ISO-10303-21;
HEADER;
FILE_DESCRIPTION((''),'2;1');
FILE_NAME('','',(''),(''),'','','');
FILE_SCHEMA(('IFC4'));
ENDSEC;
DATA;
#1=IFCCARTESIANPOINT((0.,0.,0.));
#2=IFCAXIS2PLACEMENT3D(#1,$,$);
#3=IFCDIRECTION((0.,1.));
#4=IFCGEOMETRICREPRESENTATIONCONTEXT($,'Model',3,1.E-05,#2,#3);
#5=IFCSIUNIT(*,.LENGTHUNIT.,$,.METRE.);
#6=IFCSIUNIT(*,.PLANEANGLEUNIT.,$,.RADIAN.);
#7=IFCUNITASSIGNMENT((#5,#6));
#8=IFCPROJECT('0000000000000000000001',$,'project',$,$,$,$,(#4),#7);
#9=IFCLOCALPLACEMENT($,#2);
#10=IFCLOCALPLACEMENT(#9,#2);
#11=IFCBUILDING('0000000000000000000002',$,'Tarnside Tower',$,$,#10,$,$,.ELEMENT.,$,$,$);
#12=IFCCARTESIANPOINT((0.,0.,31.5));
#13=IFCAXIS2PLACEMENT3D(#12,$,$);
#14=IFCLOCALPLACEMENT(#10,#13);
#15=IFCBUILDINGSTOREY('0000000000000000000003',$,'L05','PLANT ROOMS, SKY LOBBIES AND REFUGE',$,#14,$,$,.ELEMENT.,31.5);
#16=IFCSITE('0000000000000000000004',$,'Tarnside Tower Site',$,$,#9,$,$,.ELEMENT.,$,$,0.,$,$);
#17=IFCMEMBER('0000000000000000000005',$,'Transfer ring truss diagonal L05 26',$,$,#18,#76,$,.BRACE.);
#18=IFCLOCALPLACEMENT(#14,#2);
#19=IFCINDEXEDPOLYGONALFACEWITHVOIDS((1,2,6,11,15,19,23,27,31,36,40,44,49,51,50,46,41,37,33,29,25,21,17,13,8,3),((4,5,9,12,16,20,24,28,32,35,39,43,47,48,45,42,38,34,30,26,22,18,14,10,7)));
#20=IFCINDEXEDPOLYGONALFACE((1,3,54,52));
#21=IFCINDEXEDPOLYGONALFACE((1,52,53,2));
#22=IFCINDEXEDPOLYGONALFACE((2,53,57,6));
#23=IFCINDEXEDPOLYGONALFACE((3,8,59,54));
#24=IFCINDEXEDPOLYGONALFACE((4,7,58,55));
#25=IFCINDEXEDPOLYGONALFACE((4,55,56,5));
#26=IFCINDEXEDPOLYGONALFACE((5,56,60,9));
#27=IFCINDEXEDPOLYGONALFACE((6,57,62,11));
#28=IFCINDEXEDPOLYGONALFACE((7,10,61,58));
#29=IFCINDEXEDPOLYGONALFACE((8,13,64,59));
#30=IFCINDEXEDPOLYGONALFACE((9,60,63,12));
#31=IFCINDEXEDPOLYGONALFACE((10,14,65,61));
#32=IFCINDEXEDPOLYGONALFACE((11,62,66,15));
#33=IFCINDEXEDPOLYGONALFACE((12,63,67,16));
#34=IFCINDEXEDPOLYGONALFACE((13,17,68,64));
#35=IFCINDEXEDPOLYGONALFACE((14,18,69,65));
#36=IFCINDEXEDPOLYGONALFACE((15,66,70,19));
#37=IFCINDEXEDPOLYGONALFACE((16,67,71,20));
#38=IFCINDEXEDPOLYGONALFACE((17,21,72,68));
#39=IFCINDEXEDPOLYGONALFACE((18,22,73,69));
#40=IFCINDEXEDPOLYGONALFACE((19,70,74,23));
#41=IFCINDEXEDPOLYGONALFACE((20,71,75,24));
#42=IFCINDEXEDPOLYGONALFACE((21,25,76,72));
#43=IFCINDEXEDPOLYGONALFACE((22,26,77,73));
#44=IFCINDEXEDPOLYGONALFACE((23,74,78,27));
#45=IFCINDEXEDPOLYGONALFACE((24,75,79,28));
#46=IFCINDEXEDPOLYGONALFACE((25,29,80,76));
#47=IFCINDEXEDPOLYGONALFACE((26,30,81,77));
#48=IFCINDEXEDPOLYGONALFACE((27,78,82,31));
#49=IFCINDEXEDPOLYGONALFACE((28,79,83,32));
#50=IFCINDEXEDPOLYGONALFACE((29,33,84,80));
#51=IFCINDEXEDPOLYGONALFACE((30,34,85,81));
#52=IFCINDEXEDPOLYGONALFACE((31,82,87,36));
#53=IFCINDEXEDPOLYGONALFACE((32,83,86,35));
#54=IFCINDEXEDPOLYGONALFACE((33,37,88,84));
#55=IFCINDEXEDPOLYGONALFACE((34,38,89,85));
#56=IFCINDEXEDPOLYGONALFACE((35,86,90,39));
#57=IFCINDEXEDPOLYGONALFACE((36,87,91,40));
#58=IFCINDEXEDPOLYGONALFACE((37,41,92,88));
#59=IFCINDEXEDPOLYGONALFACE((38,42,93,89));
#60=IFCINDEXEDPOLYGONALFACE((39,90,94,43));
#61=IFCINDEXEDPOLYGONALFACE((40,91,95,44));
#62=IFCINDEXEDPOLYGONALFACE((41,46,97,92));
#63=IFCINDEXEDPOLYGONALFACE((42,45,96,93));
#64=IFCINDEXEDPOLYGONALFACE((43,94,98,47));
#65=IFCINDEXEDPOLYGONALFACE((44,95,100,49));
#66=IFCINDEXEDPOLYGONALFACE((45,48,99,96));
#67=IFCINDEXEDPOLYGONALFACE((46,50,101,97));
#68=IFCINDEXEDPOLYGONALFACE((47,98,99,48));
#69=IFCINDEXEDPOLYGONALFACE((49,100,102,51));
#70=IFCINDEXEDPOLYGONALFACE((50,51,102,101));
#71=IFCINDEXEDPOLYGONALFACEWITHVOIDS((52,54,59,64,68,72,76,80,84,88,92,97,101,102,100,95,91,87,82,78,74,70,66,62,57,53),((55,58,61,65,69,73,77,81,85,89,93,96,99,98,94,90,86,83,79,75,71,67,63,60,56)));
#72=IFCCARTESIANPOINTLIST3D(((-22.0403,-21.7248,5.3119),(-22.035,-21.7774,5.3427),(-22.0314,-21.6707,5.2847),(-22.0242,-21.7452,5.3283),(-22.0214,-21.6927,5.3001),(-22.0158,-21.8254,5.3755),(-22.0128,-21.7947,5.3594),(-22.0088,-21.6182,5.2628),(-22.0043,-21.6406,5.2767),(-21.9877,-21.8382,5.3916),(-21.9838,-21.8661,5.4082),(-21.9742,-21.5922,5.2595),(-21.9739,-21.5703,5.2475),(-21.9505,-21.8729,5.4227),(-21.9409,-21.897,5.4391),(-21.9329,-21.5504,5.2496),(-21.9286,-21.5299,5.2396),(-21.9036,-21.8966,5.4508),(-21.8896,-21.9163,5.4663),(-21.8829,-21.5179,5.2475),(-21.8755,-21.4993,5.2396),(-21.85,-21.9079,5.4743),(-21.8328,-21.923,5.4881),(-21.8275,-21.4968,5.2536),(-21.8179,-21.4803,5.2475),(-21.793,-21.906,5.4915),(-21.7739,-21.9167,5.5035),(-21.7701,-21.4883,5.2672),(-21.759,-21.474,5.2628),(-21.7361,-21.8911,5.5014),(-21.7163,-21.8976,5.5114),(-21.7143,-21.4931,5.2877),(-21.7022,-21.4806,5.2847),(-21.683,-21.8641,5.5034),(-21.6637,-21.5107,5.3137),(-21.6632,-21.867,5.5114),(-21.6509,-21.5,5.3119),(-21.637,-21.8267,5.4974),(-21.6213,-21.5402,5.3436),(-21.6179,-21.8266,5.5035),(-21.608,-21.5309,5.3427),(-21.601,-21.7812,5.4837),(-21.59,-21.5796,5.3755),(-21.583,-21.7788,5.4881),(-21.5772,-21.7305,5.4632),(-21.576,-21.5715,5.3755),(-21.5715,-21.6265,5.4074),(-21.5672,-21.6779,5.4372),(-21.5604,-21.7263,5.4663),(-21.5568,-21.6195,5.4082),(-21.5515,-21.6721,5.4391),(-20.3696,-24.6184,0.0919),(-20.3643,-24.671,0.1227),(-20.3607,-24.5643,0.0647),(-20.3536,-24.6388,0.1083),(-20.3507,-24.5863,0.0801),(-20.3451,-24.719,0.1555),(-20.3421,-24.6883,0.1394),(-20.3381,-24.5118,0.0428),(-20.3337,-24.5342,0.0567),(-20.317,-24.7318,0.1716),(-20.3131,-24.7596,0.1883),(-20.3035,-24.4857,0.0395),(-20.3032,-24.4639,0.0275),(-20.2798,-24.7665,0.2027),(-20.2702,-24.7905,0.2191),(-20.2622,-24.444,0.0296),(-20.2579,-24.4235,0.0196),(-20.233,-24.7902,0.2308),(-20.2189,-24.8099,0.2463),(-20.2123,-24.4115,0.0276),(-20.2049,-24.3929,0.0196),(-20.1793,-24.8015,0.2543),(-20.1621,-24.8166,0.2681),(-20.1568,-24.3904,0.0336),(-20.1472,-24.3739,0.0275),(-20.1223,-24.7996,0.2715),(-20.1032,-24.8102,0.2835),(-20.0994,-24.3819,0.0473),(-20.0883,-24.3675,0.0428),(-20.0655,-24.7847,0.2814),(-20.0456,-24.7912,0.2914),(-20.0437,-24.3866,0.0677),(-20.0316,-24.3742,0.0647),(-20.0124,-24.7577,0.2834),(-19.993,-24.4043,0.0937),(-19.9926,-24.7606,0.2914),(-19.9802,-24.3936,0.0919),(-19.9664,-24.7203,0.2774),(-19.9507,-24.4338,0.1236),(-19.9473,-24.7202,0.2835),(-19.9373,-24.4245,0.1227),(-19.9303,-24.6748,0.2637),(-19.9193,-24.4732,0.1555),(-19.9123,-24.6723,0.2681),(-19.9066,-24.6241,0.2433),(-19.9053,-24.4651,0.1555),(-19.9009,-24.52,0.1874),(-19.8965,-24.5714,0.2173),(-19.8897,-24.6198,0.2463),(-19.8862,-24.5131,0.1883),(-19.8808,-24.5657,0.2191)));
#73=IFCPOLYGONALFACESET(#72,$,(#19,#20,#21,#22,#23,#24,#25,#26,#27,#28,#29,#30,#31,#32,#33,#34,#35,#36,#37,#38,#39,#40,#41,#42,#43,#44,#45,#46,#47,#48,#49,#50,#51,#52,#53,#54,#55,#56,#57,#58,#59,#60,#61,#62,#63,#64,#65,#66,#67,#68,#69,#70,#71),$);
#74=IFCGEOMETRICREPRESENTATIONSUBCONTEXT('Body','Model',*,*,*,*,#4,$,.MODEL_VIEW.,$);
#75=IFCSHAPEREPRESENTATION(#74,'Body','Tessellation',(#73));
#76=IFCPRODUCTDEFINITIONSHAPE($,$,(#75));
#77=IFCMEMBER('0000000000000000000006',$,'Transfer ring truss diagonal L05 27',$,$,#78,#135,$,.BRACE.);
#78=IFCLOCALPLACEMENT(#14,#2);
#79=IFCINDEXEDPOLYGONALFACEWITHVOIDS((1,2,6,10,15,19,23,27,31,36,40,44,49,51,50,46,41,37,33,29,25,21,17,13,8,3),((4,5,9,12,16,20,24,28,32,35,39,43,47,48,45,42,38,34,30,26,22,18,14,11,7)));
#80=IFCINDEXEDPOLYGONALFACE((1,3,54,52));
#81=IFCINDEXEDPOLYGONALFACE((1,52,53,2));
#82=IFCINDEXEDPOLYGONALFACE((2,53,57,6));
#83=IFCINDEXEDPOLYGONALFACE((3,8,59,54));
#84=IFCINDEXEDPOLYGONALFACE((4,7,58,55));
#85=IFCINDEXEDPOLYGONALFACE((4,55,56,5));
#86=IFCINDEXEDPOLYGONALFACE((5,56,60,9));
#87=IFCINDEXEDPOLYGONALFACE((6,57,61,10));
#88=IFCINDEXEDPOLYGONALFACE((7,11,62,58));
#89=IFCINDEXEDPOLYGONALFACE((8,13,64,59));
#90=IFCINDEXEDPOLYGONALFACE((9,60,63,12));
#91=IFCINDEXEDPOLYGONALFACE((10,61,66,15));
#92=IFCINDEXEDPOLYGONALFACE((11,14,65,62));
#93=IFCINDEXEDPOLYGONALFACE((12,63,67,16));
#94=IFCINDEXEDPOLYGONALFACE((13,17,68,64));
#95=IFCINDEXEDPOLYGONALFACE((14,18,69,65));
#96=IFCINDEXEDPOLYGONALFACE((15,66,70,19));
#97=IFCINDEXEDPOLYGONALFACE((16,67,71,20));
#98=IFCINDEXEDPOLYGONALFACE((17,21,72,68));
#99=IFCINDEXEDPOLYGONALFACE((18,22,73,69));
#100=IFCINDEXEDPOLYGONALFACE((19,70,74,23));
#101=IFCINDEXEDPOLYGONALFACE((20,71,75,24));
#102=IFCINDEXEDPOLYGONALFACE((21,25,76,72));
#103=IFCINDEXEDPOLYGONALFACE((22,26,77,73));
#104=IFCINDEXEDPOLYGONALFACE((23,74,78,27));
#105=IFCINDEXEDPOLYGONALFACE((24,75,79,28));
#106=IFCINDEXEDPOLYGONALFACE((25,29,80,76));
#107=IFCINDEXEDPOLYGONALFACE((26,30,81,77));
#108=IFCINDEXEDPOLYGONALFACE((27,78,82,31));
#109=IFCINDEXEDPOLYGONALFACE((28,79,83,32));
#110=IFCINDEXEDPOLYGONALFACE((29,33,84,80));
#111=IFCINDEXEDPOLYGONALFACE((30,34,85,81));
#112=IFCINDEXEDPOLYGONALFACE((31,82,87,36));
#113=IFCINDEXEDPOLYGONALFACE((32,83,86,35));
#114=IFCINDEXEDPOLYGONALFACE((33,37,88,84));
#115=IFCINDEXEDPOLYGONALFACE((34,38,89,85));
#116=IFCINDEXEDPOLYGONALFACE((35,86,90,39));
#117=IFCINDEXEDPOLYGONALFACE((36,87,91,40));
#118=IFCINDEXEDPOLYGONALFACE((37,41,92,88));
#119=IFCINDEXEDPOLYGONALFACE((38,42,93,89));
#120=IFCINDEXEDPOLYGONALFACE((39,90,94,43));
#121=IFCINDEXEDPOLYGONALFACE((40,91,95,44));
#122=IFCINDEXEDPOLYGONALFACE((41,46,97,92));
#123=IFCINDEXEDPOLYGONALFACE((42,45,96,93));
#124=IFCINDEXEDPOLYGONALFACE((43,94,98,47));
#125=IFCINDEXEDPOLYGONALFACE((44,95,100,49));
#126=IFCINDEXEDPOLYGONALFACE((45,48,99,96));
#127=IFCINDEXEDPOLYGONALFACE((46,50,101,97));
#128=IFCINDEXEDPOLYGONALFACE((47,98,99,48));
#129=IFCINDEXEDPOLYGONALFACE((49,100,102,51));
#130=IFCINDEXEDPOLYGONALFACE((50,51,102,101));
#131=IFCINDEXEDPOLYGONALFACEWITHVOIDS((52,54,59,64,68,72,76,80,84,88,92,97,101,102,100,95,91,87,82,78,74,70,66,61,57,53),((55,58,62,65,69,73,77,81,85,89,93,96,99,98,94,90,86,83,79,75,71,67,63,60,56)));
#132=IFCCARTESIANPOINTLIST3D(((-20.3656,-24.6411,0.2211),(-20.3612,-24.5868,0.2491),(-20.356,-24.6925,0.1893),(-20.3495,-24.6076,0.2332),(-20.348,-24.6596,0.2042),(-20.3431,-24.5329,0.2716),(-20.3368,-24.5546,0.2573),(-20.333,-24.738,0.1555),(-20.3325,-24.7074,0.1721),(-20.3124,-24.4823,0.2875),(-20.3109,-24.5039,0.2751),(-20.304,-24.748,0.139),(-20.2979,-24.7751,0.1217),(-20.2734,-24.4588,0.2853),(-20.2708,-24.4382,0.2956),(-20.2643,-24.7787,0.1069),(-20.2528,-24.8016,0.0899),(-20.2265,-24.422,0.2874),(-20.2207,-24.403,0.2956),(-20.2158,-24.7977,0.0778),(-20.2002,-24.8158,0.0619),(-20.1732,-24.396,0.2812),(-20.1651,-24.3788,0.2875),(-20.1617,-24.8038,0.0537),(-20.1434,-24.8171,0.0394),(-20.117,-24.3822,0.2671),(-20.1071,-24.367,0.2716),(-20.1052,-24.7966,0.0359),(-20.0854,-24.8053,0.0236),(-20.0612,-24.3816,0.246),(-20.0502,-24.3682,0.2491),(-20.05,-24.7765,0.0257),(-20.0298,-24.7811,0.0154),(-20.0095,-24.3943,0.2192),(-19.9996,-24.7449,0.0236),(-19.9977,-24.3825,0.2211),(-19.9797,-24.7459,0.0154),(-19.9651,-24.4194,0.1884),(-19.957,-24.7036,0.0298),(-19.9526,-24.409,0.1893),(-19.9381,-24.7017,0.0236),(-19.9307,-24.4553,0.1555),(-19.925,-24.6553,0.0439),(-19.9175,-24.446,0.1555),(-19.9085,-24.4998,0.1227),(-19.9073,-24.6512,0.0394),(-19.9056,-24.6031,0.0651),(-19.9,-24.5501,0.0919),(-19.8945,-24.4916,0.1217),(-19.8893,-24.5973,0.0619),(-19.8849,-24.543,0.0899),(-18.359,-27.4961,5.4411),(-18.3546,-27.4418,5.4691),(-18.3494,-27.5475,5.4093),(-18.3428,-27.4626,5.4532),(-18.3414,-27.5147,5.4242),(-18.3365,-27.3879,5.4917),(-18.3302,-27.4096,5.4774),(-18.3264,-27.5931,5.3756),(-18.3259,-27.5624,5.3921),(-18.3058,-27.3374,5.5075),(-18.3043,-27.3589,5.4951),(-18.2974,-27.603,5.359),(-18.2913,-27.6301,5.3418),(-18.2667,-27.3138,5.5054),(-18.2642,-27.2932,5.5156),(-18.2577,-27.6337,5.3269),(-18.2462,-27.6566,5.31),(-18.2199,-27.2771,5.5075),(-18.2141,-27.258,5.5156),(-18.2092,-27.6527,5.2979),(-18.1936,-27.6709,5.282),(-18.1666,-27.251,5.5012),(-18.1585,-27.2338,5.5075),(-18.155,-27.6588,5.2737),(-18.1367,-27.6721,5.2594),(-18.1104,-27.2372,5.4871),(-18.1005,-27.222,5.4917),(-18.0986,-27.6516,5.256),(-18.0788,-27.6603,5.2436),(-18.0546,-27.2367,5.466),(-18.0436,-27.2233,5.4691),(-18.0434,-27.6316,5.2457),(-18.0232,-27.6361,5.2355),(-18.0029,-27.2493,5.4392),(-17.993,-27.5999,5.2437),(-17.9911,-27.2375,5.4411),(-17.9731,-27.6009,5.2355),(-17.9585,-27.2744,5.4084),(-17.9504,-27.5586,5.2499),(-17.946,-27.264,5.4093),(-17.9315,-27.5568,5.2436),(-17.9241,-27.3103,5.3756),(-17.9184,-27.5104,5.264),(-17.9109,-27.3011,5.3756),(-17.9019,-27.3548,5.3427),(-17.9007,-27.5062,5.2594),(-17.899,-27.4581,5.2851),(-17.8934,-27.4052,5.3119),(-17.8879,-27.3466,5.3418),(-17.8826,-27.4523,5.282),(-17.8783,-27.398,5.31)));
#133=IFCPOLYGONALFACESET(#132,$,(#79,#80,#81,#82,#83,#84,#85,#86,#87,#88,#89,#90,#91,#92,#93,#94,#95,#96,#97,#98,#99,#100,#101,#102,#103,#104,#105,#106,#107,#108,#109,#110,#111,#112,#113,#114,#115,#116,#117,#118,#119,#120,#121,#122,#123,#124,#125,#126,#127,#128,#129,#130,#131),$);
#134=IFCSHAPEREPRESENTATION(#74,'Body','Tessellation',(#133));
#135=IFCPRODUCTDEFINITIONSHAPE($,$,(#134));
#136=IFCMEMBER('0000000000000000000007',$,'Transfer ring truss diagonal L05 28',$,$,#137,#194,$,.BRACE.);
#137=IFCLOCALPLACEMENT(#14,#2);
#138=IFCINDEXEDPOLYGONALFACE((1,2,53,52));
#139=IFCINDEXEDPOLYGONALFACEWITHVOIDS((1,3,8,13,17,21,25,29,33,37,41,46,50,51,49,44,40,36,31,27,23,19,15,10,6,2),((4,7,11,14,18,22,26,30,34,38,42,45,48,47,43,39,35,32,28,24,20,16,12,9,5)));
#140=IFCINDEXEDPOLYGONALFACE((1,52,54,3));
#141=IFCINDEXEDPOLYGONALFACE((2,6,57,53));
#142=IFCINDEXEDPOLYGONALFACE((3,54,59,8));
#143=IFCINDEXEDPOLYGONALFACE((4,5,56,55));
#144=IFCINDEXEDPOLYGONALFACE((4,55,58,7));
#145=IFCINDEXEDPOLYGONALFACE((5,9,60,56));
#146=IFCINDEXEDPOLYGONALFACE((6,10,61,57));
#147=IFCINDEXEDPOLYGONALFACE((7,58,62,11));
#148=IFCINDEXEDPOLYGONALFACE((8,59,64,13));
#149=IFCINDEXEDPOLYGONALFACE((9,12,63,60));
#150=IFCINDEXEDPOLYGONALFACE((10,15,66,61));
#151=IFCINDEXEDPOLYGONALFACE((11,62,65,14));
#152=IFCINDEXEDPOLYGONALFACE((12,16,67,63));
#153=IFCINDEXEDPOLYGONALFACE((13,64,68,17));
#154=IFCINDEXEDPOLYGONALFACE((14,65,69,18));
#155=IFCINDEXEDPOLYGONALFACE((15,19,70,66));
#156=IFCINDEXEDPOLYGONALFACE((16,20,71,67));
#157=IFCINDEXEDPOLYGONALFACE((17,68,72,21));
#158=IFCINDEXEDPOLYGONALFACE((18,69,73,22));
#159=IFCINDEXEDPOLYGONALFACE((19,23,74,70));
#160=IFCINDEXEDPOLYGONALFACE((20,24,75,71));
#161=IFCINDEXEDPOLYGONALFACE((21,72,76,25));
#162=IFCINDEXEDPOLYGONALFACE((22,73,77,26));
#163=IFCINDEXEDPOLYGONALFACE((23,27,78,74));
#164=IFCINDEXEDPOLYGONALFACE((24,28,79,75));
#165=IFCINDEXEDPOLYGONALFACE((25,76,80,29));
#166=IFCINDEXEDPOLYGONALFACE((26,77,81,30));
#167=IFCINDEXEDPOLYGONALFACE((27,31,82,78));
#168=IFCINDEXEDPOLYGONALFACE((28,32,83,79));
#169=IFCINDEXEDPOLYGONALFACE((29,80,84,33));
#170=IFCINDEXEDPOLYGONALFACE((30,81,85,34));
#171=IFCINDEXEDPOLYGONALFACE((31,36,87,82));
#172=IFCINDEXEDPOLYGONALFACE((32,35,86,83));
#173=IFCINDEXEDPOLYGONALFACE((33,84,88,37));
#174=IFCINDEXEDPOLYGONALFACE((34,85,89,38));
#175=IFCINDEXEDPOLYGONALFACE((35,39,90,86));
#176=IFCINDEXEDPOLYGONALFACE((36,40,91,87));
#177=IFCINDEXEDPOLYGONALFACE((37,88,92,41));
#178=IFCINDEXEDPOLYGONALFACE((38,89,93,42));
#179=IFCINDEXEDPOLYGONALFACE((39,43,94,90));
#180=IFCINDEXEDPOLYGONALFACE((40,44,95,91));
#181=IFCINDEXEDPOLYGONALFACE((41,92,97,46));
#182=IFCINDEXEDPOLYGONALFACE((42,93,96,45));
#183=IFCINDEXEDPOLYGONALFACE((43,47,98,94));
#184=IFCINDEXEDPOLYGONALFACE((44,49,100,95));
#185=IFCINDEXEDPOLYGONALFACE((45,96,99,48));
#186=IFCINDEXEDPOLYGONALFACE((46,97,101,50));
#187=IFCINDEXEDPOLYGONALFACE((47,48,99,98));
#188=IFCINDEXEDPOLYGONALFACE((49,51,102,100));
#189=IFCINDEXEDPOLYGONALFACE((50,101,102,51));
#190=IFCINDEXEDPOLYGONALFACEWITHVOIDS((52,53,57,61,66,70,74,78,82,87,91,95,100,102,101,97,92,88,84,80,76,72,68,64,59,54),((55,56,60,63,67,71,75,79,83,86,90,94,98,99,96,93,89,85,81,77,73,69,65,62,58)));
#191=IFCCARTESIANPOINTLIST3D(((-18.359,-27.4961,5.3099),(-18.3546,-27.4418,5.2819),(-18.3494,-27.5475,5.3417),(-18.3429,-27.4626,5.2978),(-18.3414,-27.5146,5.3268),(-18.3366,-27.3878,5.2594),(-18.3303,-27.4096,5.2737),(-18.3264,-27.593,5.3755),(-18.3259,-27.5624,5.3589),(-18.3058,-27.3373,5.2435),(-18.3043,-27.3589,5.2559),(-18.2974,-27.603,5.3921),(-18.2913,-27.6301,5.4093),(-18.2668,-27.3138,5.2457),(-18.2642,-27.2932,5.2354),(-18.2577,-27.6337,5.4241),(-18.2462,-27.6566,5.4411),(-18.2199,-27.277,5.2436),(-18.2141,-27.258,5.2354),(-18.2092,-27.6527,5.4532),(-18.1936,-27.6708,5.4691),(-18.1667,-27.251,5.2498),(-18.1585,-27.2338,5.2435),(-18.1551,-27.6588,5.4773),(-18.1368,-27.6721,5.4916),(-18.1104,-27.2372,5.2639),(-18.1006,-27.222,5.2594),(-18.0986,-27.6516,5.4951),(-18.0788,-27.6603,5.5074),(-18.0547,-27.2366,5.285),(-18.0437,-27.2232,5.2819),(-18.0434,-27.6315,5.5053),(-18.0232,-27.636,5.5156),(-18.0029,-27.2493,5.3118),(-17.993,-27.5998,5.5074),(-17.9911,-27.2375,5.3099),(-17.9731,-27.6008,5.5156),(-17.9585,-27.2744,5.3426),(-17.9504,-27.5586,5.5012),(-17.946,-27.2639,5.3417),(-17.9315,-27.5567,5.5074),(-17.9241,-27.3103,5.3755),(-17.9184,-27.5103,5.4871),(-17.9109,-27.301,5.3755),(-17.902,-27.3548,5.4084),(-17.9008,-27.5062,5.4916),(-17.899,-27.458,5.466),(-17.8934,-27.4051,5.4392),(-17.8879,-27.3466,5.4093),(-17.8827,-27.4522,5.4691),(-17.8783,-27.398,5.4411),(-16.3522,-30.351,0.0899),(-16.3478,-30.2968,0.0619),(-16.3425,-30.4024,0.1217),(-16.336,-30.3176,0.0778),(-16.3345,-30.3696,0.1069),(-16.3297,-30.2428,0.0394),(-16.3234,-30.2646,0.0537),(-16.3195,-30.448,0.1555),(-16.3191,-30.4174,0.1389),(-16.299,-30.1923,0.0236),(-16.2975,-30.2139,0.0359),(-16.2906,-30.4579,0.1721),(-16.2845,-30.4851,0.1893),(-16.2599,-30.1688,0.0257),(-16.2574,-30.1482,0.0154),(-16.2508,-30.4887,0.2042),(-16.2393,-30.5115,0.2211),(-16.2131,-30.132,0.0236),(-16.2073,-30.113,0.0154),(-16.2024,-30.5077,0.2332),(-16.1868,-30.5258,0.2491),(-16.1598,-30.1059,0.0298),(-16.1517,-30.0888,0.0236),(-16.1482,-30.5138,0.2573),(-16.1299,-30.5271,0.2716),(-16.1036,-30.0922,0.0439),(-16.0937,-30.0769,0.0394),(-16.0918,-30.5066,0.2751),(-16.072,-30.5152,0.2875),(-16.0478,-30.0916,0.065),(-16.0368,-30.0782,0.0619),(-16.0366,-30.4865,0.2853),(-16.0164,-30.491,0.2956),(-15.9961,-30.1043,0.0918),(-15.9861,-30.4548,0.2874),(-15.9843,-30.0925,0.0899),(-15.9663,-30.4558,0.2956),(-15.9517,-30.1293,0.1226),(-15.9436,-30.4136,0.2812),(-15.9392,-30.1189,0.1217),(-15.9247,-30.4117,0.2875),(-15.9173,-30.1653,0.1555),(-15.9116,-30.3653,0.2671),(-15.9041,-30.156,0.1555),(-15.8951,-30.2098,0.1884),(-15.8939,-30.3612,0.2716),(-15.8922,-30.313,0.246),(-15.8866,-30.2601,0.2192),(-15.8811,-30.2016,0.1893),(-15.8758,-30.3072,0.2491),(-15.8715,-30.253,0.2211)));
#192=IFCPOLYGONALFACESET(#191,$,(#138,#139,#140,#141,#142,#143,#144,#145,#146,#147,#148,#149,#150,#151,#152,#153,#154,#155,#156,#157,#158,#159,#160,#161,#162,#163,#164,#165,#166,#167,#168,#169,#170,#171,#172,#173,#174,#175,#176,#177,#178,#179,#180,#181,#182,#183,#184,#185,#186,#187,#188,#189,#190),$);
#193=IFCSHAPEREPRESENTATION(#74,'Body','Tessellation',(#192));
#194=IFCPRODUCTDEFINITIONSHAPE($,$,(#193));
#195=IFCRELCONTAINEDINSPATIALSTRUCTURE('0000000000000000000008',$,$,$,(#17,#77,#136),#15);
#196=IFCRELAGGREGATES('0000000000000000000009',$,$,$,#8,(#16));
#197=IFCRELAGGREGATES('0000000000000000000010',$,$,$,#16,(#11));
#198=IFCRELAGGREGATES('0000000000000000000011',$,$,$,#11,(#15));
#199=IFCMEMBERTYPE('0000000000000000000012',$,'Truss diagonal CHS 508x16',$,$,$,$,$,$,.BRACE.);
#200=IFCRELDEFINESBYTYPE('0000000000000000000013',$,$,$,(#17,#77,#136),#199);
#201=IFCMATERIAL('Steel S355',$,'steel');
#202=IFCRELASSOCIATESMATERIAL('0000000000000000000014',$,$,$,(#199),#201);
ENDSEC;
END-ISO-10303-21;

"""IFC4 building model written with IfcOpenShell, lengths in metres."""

from ifc_helpers import new_model, si_unit, direction, frame, origin, origin_2d, place, context, subcontext, project, spatial, hollow_circle, extrude, material, material_profile, profile_set, type_object, element, save


model = new_model("IFC4")

# Units and contexts
model_context = context("Model", 3, precision=1e-05, world=origin(), true_north=direction((0.0, 1.0)))
body_context = subcontext(model_context, "Body", "Model", "MODEL_VIEW")
ifc_project = project(units=[si_unit("LENGTHUNIT", "METRE"), si_unit("PLANEANGLEUNIT", "RADIAN")], contexts=[model_context])

# Site, building, storey
site_placement = place(None, origin())
site = spatial("IfcSite", under=ifc_project, at=site_placement, Name="Tarnside Tower Site", CompositionType="ELEMENT", RefElevation=0.0)
building_placement = place(site_placement, origin())
building = spatial("IfcBuilding", under=site, at=building_placement, Name="Tarnside Tower", CompositionType="ELEMENT")
storey_placement = place(building_placement, frame((0.0, 0.0, 31.5)))
storey = spatial("IfcBuildingStorey", under=building, at=storey_placement, Name="L05", Description="PLANT ROOMS, SKY LOBBIES AND REFUGE", CompositionType="ELEMENT", Elevation=31.5)

# Shared definitions
ifc_material_1 = material(Name="Steel S355", Category="steel")

# Members
ifc_material_profile_1 = material_profile(ifc_material_1, hollow_circle(Radius=0.2539, WallThickness=0.0161, at=origin_2d()), Name="CHS 508x16")
ifc_profile_set_1 = profile_set([ifc_material_profile_1], Name="Steel S355")
member_type_1 = type_object("IfcMemberType", Name="Truss diagonal CHS 508x16", PredefinedType="BRACE", material=ifc_profile_set_1)
for number, where, z_axis, x_axis, name in (
    (1, (-21.7959, -21.6985, 5.3755), (0.269559, -0.466873, -0.842239), (0.866018, 0.500013, 0.0), "Transfer ring truss diagonal L05 26"),
):
    element("IfcMember", number, at=place(storey_placement, frame(where, z_axis=z_axis, x_axis=x_axis)), inside=storey, type_object=member_type_1, Name=name, PredefinedType="BRACE", context=body_context, shape_type="SweptSolid", body=[
        extrude(hollow_circle(Radius=0.2539, WallThickness=0.0161, at=origin_2d()), origin(), (0.0, 0.0, 1.0), 6.1978),
    ])
for number, where, z_axis, x_axis, name in (
    (2, (-20.1252, -24.592, 0.1555), (0.319574, -0.45469, 0.831342), (0.818139, 0.57502, 0.0), "Transfer ring truss diagonal L05 27"),
    (3, (-18.1187, -27.447, 5.3755), (0.319608, -0.454684, -0.831332), (0.818106, 0.575067, 0.0), "Transfer ring truss diagonal L05 28"),
):
    element("IfcMember", number, at=place(storey_placement, frame(where, z_axis=z_axis, x_axis=x_axis)), inside=storey, type_object=member_type_1, Name=name, PredefinedType="BRACE", context=body_context, shape_type="SweptSolid", body=[
        extrude(hollow_circle(Radius=0.2539, WallThickness=0.0161, at=origin_2d()), origin(), (0.0, 0.0, 1.0), 6.2791),
    ])

save(model, "model.ifc")
